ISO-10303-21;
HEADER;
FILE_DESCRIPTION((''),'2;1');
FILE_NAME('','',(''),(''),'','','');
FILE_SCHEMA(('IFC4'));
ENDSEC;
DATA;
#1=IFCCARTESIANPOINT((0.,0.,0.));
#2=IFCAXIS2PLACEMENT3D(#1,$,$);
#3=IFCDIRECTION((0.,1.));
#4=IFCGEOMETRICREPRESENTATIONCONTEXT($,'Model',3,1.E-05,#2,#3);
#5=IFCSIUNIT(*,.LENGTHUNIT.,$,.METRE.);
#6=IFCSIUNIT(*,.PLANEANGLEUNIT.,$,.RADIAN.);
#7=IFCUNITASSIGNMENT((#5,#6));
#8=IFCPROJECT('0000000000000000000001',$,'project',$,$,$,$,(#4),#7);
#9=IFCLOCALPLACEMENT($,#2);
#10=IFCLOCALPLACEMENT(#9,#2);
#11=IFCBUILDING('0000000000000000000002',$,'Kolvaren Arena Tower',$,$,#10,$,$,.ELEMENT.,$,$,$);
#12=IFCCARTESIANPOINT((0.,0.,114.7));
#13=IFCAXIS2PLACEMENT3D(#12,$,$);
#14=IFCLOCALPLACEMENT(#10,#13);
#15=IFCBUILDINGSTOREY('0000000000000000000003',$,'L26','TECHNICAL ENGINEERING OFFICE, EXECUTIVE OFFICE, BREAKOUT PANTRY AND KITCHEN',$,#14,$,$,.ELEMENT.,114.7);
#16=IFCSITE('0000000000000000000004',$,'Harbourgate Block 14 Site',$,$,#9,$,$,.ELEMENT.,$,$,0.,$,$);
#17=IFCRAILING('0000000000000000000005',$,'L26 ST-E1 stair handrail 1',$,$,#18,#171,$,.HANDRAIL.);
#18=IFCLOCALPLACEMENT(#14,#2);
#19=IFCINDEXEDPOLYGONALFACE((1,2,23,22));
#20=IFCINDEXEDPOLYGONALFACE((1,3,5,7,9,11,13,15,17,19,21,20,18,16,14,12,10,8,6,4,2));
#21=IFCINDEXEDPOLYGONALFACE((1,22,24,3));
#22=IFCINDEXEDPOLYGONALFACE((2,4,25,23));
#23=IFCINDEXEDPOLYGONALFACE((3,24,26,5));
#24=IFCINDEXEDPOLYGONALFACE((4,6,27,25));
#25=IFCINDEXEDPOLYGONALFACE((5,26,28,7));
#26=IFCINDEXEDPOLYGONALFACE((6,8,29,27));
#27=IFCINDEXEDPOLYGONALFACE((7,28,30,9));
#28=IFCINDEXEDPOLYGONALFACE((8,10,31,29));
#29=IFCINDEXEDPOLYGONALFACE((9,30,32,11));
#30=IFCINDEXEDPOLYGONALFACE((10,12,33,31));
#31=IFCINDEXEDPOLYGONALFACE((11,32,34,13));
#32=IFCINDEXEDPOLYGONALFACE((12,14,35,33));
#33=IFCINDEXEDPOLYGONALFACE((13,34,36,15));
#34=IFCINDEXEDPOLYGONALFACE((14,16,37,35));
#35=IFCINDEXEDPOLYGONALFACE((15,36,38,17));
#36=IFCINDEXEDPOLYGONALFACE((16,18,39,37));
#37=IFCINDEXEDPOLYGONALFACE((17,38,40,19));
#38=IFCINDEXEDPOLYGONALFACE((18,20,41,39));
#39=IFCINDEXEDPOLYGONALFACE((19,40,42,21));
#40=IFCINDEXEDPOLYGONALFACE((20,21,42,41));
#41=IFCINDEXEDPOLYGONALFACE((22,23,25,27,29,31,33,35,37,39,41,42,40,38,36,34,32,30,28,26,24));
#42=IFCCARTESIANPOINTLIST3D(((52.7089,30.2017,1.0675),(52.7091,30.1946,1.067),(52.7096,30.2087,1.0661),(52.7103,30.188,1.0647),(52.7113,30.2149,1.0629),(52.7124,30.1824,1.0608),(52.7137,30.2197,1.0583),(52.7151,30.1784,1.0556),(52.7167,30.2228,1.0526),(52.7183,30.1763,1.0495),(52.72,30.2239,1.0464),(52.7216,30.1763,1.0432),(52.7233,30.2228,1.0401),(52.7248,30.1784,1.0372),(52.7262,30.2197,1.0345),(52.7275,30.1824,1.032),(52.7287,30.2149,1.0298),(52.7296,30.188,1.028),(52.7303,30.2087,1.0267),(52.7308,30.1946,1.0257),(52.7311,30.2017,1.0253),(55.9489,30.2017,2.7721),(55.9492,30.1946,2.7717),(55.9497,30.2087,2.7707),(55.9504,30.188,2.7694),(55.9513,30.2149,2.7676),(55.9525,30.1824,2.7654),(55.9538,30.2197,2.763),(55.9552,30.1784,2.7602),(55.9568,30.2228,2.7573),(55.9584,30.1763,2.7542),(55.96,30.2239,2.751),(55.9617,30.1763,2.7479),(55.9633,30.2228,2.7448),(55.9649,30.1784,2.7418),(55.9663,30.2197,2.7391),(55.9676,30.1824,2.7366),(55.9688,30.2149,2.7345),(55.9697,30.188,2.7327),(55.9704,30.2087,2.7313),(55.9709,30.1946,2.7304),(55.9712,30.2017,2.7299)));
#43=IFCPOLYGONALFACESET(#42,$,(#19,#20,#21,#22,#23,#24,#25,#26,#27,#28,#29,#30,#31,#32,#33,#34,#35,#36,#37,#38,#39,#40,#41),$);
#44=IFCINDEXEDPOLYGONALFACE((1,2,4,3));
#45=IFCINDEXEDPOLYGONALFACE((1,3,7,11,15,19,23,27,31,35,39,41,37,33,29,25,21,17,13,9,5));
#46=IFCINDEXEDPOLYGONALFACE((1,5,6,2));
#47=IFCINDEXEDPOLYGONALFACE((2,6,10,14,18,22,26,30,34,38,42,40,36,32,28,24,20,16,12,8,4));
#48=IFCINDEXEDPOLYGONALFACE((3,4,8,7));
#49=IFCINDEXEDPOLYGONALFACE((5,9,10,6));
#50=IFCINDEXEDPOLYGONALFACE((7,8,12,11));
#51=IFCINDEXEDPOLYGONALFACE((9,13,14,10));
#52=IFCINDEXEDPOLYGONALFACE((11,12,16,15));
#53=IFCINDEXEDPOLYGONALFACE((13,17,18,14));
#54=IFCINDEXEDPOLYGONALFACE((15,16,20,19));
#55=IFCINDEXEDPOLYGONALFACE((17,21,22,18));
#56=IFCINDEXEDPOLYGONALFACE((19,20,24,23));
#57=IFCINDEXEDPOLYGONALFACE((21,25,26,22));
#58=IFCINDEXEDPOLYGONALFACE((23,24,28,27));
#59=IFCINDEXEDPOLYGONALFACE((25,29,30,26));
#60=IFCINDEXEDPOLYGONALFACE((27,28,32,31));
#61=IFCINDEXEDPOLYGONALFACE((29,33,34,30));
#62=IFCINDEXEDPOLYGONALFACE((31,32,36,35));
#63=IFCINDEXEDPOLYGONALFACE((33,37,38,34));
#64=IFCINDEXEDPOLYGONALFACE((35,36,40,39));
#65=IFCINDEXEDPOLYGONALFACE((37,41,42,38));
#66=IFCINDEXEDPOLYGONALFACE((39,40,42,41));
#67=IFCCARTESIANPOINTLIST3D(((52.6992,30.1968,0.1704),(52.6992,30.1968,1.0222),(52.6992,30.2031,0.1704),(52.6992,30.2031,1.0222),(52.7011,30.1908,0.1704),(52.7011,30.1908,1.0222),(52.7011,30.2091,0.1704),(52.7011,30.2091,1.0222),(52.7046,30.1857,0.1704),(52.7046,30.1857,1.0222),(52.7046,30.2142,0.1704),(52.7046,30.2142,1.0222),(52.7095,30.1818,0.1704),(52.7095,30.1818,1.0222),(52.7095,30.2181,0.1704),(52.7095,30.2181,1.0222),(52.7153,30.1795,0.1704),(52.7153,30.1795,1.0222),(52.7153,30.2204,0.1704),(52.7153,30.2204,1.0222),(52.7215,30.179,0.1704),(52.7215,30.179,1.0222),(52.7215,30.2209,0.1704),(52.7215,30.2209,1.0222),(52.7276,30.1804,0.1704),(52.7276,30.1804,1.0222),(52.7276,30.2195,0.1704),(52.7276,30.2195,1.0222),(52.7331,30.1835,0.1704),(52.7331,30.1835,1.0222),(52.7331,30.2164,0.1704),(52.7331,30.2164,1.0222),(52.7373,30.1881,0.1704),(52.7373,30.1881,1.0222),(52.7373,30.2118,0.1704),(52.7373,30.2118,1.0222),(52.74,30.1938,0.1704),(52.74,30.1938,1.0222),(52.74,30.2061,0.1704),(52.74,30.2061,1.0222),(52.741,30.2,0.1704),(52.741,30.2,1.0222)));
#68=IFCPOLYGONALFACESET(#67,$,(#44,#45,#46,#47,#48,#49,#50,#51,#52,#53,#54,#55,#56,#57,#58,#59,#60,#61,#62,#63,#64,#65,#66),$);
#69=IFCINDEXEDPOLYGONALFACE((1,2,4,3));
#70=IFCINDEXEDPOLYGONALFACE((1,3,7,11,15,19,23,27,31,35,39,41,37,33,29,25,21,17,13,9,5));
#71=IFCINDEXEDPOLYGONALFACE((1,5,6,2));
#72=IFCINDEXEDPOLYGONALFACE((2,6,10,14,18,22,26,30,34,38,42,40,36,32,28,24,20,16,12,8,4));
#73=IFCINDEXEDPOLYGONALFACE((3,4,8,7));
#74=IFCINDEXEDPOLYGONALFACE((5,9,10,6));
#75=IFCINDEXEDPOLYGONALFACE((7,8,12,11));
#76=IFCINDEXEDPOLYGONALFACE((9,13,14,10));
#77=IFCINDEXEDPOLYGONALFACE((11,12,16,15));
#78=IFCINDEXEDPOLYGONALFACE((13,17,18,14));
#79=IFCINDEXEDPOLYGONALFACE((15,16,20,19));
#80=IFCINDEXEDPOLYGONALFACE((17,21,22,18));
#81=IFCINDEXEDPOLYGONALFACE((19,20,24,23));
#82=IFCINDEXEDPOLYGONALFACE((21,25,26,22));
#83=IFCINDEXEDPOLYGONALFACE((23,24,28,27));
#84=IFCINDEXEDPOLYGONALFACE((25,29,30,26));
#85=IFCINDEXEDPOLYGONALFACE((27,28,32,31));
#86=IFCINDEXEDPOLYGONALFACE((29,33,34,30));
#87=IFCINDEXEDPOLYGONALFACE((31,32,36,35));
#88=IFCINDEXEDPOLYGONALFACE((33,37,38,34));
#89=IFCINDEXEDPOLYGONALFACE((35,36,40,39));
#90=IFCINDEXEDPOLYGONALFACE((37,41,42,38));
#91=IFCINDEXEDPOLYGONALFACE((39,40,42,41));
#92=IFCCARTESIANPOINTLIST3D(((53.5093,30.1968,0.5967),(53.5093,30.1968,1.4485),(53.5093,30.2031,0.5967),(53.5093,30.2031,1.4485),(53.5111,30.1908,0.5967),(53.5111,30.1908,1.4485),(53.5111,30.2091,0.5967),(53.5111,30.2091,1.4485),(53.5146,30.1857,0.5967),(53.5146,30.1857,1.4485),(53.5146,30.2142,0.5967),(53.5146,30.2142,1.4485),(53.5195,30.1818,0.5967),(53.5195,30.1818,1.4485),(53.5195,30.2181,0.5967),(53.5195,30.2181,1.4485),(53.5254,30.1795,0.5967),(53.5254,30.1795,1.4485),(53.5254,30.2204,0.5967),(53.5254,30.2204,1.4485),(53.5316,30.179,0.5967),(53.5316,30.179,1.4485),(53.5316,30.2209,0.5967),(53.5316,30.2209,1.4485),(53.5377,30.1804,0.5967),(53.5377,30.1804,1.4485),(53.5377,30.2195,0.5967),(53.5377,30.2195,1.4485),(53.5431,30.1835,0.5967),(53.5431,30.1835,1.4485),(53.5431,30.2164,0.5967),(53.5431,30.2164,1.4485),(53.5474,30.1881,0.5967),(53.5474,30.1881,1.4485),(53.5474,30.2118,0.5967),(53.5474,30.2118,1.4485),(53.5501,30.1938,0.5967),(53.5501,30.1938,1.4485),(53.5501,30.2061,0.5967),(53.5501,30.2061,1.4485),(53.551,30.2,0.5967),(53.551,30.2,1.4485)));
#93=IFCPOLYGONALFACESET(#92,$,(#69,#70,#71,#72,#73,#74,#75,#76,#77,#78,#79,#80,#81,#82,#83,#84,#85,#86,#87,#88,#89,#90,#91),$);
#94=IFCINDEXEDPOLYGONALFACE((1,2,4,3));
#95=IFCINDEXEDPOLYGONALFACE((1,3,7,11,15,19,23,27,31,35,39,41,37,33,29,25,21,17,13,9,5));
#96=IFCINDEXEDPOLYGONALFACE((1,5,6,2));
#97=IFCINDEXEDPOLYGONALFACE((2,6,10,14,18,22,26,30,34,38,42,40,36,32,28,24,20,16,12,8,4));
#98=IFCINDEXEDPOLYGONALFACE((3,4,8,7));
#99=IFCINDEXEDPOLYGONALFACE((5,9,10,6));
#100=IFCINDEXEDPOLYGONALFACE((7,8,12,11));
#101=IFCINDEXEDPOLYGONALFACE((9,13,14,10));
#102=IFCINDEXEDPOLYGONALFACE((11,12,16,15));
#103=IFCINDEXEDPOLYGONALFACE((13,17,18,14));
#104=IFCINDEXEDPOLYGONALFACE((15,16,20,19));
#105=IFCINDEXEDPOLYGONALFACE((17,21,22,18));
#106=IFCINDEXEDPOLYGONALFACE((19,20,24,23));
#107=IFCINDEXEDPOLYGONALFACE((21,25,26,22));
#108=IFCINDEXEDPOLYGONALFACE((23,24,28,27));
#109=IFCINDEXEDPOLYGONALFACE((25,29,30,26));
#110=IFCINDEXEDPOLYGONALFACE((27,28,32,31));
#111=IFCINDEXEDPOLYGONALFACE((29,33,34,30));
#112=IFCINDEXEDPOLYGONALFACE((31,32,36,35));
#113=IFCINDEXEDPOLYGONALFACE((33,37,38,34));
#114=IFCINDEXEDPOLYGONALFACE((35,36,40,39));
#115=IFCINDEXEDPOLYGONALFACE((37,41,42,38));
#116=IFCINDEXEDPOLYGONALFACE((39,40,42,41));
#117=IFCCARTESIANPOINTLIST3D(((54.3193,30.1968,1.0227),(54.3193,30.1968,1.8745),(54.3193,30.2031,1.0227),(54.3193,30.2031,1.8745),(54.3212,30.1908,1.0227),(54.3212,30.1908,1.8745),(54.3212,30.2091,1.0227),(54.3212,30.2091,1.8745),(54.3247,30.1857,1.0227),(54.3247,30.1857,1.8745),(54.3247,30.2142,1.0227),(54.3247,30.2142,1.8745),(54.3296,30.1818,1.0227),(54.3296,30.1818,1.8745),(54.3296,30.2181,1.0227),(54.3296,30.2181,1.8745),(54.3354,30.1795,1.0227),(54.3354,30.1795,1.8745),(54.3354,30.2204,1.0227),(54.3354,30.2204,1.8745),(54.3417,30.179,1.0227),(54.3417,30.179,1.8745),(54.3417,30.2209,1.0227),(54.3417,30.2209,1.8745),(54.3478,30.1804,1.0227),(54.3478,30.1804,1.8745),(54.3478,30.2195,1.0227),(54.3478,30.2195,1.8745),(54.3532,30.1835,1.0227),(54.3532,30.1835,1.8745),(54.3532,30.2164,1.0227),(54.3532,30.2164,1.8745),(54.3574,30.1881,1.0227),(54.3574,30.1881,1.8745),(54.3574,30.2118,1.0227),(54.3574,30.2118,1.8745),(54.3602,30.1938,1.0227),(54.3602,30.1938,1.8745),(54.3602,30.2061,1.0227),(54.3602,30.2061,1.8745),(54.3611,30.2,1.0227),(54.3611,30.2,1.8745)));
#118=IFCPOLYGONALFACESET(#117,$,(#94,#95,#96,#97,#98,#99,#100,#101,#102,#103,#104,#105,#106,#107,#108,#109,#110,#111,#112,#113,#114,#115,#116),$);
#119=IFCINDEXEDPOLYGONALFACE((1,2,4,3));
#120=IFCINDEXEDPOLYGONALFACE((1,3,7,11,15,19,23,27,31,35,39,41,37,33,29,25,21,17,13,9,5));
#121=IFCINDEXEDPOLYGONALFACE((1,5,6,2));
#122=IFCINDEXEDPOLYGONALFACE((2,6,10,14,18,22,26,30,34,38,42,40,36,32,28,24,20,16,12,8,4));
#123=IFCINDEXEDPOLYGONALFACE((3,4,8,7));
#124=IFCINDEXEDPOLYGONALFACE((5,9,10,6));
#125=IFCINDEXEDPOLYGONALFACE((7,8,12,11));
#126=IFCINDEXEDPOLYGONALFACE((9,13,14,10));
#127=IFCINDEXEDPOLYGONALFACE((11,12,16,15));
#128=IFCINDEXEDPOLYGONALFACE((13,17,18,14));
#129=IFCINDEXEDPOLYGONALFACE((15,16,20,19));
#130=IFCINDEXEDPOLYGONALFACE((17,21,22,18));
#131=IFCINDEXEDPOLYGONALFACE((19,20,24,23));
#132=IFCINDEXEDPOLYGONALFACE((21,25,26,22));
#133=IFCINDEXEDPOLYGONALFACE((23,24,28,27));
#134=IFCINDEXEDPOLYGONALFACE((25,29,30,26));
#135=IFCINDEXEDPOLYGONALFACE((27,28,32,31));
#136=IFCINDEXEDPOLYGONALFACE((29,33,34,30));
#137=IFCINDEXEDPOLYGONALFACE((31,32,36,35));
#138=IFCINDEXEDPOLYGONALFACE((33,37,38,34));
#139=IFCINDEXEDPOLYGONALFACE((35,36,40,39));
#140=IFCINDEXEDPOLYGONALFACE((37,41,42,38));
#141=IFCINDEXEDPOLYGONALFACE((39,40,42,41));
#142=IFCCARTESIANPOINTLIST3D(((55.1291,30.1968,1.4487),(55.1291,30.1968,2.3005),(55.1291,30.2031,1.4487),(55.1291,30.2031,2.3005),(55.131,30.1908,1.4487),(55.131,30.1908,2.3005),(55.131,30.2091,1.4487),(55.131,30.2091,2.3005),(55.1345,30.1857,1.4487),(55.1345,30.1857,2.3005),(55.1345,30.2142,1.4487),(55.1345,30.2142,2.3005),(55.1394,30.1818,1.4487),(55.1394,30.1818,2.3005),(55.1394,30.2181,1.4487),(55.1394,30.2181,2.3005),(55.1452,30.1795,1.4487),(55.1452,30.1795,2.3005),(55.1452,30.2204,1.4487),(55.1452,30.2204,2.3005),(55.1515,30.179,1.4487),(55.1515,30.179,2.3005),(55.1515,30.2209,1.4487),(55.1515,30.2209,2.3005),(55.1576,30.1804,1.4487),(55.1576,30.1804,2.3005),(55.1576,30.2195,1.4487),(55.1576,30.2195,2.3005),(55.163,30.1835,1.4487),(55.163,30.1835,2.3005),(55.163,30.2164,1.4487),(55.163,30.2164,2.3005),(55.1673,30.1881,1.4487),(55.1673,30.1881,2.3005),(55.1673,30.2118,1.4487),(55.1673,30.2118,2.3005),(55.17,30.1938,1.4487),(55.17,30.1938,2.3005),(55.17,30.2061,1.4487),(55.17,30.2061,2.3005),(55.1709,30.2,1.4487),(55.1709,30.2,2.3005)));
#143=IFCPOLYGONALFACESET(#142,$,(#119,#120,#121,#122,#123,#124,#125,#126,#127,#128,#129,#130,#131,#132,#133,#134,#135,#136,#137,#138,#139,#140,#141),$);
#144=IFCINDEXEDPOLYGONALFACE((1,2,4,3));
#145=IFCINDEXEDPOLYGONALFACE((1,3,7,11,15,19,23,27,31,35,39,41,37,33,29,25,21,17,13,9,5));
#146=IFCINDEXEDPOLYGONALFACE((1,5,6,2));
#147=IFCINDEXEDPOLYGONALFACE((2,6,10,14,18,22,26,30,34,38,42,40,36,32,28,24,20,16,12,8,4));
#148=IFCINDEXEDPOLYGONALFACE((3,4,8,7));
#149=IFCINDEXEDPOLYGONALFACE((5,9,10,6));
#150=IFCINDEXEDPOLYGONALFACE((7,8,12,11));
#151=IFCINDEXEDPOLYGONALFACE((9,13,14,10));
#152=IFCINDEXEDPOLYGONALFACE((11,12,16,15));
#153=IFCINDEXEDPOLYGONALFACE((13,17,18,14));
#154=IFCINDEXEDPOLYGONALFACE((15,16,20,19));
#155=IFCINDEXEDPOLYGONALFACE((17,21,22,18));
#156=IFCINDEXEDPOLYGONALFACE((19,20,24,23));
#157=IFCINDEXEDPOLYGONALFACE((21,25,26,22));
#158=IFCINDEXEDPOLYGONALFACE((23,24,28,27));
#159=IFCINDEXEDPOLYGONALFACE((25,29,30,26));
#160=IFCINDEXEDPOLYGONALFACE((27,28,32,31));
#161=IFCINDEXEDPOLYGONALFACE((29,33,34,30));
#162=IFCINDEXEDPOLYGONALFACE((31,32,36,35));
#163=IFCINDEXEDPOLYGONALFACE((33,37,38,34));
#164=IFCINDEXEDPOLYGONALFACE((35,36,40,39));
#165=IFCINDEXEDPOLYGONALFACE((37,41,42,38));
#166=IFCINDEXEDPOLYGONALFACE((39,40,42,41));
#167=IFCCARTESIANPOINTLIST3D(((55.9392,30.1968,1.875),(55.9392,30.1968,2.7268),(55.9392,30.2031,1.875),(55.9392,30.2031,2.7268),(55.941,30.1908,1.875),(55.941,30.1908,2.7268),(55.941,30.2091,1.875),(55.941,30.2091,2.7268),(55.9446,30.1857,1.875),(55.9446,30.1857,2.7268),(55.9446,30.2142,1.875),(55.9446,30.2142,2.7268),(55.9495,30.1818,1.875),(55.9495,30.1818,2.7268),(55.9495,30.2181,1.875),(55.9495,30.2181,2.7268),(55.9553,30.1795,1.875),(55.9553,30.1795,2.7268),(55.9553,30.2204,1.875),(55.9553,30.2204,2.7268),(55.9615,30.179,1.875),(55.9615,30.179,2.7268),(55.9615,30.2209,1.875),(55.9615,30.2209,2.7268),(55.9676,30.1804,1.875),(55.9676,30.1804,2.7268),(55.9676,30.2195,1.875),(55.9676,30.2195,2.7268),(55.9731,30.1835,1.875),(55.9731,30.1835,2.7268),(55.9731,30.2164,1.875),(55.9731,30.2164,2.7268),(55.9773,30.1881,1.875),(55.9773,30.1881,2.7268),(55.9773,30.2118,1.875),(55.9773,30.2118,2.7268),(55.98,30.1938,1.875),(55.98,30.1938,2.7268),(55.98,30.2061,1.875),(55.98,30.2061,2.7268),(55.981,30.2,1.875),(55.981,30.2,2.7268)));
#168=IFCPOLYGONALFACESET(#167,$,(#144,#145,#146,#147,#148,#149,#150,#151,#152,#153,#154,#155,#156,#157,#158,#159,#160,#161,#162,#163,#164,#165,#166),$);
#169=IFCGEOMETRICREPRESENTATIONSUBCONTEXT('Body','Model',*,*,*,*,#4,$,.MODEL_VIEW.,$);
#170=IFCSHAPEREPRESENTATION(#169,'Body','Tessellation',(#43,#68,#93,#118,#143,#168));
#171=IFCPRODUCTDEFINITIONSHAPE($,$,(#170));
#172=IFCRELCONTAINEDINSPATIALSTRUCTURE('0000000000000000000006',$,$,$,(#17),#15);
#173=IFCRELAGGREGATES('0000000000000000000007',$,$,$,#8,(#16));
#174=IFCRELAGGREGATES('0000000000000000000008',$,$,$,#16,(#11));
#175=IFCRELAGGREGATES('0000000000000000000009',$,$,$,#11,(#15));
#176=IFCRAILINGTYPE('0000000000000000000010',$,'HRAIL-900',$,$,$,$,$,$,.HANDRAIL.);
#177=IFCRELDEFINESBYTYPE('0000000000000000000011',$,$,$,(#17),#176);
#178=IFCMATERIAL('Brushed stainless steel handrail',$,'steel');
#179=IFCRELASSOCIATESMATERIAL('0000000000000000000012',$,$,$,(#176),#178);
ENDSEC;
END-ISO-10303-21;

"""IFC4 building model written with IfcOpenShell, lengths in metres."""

from ifc_helpers import new_model, si_unit, direction, frame, origin, origin_2d, place, context, subcontext, project, spatial, circle, extrude, material, type_object, element, save


model = new_model("IFC4")

# Units and contexts
model_context = context("Model", 3, precision=1e-05, world=origin(), true_north=direction((0.0, 1.0)))
body_context = subcontext(model_context, "Body", "Model", "MODEL_VIEW")
ifc_project = project(units=[si_unit("LENGTHUNIT", "METRE"), si_unit("PLANEANGLEUNIT", "RADIAN")], contexts=[model_context])

# Site, building, storey
site_placement = place(None, origin())
site = spatial("IfcSite", under=ifc_project, at=site_placement, Name="Harbourgate Block 14 Site", CompositionType="ELEMENT", RefElevation=0.0)
building_placement = place(site_placement, origin())
building = spatial("IfcBuilding", under=site, at=building_placement, Name="Kolvaren Arena Tower", CompositionType="ELEMENT")
storey_placement = place(building_placement, frame((0.0, 0.0, 114.7)))
storey = spatial("IfcBuildingStorey", under=building, at=storey_placement, Name="L26", Description="TECHNICAL ENGINEERING OFFICE, EXECUTIVE OFFICE, BREAKOUT PANTRY AND KITCHEN", CompositionType="ELEMENT", Elevation=114.7)

# Railing
ifc_material_1 = material(Name="Brushed stainless steel handrail", Category="steel")
railing_type_1 = type_object("IfcRailingType", Name="HRAIL-900", PredefinedType="HANDRAIL", material=ifc_material_1)
for number, where, name in (
    (1, (52.72, 30.2, 0.1704), "L26 ST-E1 stair handrail 1"),
):
    element("IfcRailing", number, at=place(storey_placement, frame(where)), inside=storey, type_object=railing_type_1, Name=name, PredefinedType="HANDRAIL", context=body_context, shape_type="SweptSolid", body=[
        extrude(circle(Radius=0.0239, at=origin_2d()), frame((0.0, 0.0, 0.876), z_axis=(0.884993, 0.0, 0.465604), x_axis=(0.0, 1.0, 0.0)), (0.0, 0.0, 1.0), 3.6611),
        extrude(circle(Radius=0.021, at=origin_2d()), origin(), (0.0, 0.0, 1.0), 0.8518),
        extrude(circle(Radius=0.021, at=origin_2d()), frame((0.8101, 0.0, 0.4263)), (0.0, 0.0, 1.0), 0.8518),
        extrude(circle(Radius=0.021, at=origin_2d()), frame((1.6201, 0.0, 0.8523)), (0.0, 0.0, 1.0), 0.8518),
        extrude(circle(Radius=0.021, at=origin_2d()), frame((2.4299, 0.0, 1.2783)), (0.0, 0.0, 1.0), 0.8518),
        extrude(circle(Radius=0.021, at=origin_2d()), frame((3.24, 0.0, 1.7046)), (0.0, 0.0, 1.0), 0.8518),
    ])

save(model, "model.ifc")
